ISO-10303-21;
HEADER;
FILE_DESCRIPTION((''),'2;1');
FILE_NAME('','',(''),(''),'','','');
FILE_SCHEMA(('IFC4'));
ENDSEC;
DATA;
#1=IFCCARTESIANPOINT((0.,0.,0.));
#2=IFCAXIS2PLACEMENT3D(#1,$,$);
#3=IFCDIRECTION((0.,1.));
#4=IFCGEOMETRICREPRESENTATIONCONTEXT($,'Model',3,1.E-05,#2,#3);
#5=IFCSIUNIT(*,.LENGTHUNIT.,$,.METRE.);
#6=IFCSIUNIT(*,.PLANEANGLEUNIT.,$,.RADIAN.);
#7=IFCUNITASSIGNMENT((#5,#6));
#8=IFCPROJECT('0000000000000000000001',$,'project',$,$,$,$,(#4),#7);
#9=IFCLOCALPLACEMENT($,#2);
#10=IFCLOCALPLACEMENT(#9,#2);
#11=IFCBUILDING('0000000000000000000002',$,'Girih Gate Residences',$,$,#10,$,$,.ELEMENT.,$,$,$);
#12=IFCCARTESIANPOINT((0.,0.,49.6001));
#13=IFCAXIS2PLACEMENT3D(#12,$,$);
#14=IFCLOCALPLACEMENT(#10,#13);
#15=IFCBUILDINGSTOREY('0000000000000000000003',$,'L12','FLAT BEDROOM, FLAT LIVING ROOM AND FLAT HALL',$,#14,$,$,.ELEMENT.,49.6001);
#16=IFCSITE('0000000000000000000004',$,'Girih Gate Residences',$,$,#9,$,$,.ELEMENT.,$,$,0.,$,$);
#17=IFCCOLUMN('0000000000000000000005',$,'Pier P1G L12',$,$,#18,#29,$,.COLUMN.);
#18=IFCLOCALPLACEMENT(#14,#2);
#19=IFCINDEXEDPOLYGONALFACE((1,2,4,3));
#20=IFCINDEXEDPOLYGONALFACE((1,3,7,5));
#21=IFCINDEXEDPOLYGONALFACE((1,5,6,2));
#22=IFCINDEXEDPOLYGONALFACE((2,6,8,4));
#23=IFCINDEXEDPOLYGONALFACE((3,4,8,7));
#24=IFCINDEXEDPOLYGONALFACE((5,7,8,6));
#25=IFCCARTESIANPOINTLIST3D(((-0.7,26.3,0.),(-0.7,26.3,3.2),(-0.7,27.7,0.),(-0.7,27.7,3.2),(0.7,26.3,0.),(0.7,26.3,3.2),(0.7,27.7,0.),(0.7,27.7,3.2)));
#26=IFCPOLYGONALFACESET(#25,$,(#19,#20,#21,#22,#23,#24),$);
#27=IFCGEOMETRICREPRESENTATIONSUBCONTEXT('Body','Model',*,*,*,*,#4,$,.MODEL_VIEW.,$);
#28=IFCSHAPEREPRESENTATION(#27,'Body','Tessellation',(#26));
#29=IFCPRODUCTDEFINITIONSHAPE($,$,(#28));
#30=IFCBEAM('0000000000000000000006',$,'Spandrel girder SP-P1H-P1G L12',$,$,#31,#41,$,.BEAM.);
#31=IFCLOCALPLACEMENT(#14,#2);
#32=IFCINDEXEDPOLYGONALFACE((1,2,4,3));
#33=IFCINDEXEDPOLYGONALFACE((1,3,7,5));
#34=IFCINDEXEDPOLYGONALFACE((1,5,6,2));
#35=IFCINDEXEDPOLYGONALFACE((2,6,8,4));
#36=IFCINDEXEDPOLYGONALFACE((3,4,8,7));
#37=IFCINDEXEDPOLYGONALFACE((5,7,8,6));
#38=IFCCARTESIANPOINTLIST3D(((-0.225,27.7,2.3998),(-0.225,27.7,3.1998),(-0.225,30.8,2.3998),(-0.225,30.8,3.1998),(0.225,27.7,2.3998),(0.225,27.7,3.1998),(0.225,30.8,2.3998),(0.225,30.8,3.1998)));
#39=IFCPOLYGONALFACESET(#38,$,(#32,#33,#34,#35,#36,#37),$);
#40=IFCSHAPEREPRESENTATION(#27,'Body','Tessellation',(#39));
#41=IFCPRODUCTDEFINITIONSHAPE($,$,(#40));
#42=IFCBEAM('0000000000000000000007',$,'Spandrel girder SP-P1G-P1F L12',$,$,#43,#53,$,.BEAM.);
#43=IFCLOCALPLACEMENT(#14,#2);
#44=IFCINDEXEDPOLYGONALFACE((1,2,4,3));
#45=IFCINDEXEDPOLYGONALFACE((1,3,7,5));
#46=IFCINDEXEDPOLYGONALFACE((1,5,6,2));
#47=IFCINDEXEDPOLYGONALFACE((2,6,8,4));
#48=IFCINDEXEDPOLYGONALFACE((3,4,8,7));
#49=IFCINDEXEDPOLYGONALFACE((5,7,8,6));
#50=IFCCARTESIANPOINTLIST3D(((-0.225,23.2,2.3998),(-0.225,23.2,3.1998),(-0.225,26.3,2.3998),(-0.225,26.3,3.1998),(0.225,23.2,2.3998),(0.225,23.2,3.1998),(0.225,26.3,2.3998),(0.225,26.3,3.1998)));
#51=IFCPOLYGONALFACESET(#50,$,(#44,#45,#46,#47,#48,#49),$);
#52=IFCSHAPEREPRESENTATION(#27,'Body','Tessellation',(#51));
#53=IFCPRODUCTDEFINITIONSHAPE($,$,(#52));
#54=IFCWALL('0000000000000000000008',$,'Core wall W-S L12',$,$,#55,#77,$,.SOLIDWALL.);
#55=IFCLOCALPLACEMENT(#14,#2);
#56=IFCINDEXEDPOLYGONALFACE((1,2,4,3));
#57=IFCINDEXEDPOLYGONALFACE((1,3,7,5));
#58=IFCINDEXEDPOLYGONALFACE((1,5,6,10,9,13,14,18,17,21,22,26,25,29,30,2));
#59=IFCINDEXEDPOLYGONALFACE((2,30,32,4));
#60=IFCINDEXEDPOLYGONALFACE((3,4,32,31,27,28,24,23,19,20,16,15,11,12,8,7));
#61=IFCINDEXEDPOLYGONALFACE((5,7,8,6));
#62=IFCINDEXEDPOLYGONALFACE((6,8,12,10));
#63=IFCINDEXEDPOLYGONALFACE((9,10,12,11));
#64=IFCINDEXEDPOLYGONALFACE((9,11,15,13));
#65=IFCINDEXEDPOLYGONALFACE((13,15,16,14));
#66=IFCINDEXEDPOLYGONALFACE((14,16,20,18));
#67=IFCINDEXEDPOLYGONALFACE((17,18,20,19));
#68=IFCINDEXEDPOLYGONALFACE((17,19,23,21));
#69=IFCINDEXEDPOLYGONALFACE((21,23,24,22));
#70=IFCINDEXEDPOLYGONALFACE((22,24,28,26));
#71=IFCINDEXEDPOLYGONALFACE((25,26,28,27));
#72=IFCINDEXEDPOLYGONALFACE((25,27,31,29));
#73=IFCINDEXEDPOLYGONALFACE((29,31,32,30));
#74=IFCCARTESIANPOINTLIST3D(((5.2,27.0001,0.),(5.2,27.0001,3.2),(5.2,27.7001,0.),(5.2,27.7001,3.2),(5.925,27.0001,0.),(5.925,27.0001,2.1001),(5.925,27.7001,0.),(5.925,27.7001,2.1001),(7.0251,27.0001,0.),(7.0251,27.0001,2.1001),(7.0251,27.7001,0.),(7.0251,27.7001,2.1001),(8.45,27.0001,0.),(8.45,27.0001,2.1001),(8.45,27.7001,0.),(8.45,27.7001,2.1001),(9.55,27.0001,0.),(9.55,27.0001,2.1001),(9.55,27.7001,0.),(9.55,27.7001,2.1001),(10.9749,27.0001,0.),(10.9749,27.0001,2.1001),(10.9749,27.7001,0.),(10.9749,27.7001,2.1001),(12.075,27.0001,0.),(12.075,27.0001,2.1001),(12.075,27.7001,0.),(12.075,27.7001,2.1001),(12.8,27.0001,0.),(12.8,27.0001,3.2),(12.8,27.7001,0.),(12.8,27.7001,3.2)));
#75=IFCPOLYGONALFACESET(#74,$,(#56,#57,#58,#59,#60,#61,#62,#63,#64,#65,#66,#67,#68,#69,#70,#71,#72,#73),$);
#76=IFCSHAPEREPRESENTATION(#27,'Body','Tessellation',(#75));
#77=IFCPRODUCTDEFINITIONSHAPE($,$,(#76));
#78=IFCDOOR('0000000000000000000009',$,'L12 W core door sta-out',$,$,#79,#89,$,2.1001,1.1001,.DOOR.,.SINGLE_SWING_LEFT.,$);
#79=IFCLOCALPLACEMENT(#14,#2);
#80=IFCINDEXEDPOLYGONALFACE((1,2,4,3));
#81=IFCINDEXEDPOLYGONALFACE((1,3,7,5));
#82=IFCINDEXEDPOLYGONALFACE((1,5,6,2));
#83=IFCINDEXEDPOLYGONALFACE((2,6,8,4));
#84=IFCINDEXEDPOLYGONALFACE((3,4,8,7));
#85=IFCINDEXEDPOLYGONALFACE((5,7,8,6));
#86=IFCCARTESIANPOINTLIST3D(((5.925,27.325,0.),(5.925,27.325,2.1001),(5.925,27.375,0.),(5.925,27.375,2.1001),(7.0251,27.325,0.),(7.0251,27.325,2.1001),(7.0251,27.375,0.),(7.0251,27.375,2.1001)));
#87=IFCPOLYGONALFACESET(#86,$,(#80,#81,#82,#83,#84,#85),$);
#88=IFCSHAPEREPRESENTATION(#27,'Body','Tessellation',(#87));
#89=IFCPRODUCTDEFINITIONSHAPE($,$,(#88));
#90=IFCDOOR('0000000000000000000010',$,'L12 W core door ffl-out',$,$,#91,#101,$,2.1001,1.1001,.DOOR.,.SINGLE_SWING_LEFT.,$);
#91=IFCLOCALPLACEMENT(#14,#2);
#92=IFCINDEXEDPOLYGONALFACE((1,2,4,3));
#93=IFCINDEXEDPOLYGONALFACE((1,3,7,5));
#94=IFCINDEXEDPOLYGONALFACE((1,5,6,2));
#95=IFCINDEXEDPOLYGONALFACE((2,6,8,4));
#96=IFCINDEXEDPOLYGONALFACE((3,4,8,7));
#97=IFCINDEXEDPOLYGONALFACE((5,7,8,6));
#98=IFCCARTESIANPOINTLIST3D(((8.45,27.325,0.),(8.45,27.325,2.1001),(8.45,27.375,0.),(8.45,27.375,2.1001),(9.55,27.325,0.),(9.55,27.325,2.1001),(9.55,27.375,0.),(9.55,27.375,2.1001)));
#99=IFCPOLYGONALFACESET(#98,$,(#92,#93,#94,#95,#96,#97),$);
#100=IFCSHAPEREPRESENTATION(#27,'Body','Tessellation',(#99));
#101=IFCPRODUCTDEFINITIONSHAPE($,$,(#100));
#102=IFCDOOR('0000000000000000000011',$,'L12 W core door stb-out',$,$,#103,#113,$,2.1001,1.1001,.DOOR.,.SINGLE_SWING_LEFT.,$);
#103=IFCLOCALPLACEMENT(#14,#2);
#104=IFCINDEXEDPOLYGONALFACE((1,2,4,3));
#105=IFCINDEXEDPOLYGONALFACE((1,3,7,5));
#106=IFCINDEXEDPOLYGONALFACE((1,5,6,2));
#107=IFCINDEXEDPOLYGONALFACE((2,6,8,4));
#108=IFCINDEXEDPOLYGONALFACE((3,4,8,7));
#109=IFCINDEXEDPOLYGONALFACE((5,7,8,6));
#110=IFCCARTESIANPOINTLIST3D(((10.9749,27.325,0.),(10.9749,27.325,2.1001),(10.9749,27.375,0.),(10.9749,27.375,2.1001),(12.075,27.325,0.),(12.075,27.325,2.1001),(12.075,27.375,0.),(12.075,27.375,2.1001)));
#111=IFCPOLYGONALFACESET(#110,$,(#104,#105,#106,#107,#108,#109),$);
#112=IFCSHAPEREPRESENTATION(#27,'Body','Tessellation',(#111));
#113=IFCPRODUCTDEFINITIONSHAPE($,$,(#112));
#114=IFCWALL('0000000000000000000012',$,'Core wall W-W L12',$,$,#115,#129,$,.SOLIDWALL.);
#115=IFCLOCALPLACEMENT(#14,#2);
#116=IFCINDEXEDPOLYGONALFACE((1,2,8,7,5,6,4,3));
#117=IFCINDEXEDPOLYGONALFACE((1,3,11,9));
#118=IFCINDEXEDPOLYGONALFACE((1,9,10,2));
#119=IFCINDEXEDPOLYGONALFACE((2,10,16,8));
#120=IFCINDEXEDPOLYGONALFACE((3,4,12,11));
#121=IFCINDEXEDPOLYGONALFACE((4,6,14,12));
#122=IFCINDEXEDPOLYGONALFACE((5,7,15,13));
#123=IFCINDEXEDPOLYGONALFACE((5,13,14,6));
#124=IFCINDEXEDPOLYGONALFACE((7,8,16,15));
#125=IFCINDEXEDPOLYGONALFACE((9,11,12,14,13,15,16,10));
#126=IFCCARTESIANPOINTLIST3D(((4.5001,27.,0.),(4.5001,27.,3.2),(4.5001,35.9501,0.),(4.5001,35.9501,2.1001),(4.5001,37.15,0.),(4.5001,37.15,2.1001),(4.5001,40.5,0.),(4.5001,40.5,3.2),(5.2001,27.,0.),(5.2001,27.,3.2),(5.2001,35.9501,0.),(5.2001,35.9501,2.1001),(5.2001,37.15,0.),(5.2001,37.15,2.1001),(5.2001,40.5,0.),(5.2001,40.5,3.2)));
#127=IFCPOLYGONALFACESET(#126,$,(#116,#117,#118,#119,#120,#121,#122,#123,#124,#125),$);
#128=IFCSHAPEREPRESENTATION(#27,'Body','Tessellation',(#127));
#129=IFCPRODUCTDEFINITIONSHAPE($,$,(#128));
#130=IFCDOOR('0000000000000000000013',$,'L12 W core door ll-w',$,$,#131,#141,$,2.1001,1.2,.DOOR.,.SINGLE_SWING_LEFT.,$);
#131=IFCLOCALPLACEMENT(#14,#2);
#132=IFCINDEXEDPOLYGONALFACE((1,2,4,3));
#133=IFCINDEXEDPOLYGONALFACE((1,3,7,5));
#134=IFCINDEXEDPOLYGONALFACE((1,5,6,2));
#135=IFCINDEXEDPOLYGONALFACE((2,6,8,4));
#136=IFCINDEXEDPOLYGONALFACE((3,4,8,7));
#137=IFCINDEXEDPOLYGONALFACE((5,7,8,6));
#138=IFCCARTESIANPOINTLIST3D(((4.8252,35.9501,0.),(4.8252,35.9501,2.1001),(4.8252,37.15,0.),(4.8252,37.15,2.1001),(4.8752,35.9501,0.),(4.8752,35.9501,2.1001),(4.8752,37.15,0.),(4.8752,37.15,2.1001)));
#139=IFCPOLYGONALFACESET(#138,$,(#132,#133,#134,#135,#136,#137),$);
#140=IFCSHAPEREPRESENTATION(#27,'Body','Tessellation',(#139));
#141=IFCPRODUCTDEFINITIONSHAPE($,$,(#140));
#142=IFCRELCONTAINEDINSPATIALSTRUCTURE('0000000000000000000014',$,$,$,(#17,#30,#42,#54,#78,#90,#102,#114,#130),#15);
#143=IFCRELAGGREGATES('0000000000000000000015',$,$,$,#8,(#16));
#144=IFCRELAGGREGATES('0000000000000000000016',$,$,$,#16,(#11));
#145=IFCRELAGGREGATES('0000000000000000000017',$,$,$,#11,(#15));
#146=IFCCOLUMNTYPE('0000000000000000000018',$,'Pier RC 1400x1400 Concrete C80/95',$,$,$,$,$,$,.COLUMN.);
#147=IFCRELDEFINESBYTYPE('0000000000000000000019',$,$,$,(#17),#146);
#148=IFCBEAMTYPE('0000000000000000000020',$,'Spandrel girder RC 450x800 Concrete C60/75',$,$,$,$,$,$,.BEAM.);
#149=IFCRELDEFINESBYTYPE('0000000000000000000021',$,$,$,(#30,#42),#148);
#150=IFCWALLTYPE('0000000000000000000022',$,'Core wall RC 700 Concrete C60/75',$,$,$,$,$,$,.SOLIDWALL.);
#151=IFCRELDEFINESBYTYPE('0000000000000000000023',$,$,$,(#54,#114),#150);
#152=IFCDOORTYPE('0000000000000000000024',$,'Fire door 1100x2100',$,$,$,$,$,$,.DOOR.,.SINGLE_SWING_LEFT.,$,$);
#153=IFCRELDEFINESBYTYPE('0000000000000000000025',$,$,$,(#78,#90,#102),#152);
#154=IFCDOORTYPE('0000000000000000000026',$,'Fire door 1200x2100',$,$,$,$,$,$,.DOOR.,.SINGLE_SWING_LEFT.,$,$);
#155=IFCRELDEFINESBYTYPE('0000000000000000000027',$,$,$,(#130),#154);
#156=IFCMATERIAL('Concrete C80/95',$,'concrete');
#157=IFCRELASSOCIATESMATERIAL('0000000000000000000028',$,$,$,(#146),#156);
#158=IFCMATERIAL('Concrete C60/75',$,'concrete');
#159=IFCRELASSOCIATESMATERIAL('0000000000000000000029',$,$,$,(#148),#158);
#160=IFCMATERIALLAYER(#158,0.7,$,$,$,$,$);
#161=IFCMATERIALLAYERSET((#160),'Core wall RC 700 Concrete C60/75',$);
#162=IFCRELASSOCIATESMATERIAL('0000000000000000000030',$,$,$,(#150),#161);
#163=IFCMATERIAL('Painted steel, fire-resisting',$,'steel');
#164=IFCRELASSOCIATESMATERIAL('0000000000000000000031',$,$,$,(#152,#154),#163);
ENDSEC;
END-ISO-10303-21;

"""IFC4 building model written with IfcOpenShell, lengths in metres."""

from ifc_helpers import new_model, si_unit, direction, frame, frame_2d, origin, origin_2d, place, context, subcontext, project, spatial, rectangle, extrude, material, layer, layer_set, material_profile, profile_set, type_object, element, fill, save


model = new_model("IFC4")

# Units and contexts
model_context = context("Model", 3, precision=1e-05, world=origin(), true_north=direction((0.0, 1.0)))
body_context = subcontext(model_context, "Body", "Model", "MODEL_VIEW")
ifc_project = project(units=[si_unit("LENGTHUNIT", "METRE"), si_unit("PLANEANGLEUNIT", "RADIAN")], contexts=[model_context])

# Site, building, storey
site_placement = place(None, origin())
site = spatial("IfcSite", under=ifc_project, at=site_placement, Name="Girih Gate Residences", CompositionType="ELEMENT", RefElevation=0.0)
building_placement = place(site_placement, origin())
building = spatial("IfcBuilding", under=site, at=building_placement, Name="Girih Gate Residences", CompositionType="ELEMENT")
storey_placement = place(building_placement, frame((0.0, 0.0, 49.6001)))
storey = spatial("IfcBuildingStorey", under=building, at=storey_placement, Name="L12", Description="FLAT BEDROOM, FLAT LIVING ROOM AND FLAT HALL", CompositionType="ELEMENT", Elevation=49.6001)

# Column
ifc_material_1 = material(Name="Concrete C80/95", Category="concrete")
ifc_material_profile_1 = material_profile(ifc_material_1, rectangle(XDim=1.3999, YDim=1.3999, at=origin_2d()))
ifc_profile_set_1 = profile_set([ifc_material_profile_1], Name="Concrete C80/95")
column_type = type_object("IfcColumnType", Name="Pier RC 1400x1400 Concrete C80/95", PredefinedType="COLUMN", material=ifc_profile_set_1)
column_placement = place(storey_placement, frame((0.0, 27.0, 0.0), z_axis=(0.0, 0.0, 1.0), x_axis=(1.0, 0.0, 0.0)))
element("IfcColumn", 1, at=column_placement, inside=storey, type_object=column_type, Name="Pier P1G L12", PredefinedType="COLUMN", context=body_context, shape_type="SweptSolid", body=[
    extrude(rectangle(XDim=1.3999, YDim=1.3999, at=origin_2d()), origin(), (0.0, 0.0, 1.0), 3.2),
])

# Beams
ifc_material_2 = material(Name="Concrete C60/75", Category="concrete")
ifc_material_profile_2 = material_profile(ifc_material_2, rectangle(XDim=0.45, YDim=0.8, at=origin_2d()))
ifc_profile_set_2 = profile_set([ifc_material_profile_2], Name="Concrete C60/75")
beam_type = type_object("IfcBeamType", Name="Spandrel girder RC 450x800 Concrete C60/75", PredefinedType="BEAM", material=ifc_profile_set_2)
for number, where, z_axis, x_axis, name in (
    (2, (0.0, 30.8, 2.7998), (0.0, -1.0, 0.0), (1.0, 0.0, 0.0), "Spandrel girder SP-P1H-P1G L12"),
    (3, (0.0, 26.3, 2.7998), (0.0, -1.0, 0.0), (1.0, 0.0, 0.0), "Spandrel girder SP-P1G-P1F L12"),
):
    element("IfcBeam", number, at=place(storey_placement, frame(where, z_axis=z_axis, x_axis=x_axis)), inside=storey, type_object=beam_type, Name=name, PredefinedType="BEAM", context=body_context, shape_type="SweptSolid", body=[
        extrude(rectangle(XDim=0.45, YDim=0.8, at=origin_2d()), origin(), (0.0, 0.0, 1.0), 3.1001),
    ])

# Wall, openings, doors
ifc_layer_1 = layer(ifc_material_2, 0.7)
ifc_layer_set_1 = layer_set([ifc_layer_1], Name="Core wall RC 700 Concrete C60/75")
wall_type_1 = type_object("IfcWallType", Name="Core wall RC 700 Concrete C60/75", PredefinedType="SOLIDWALL", material=ifc_layer_set_1)
wall_1_placement = place(storey_placement, frame((5.2, 27.3501, 0.0), z_axis=(0.0, 0.0, 1.0), x_axis=(1.0, 0.0, 0.0)))
wall_1 = element("IfcWall", 4, at=wall_1_placement, inside=storey, type_object=wall_type_1, Name="Core wall W-S L12", PredefinedType="SOLIDWALL", context=body_context, shape_type="SweptSolid", body=[
    extrude(rectangle(XDim=7.6001, YDim=0.7, at=frame_2d((3.8, 0.0))), origin(), (0.0, 0.0, 1.0), 3.2),
])
opening_1_placement = place(wall_1_placement, frame((0.7251, 0.0, 0.0)))
opening_1 = element("IfcOpeningElement", 5, at=opening_1_placement, cuts=wall_1, PredefinedType="OPENING", context=body_context, shape_type="SweptSolid", body=[
    extrude(rectangle(XDim=1.1001, YDim=2.1001, at=frame_2d((0.55, 1.05))), frame((0.0, 0.3599, 0.0), z_axis=(0.0, -1.0, 0.0), x_axis=(1.0, 0.0, 0.0)), (0.0, 0.0, 1.0), 0.72),
])
opening_2_placement = place(wall_1_placement, frame((3.25, 0.0, 0.0)))
opening_2 = element("IfcOpeningElement", 6, at=opening_2_placement, cuts=wall_1, PredefinedType="OPENING", context=body_context, shape_type="SweptSolid", body=[
    extrude(rectangle(XDim=1.1001, YDim=2.1001, at=frame_2d((0.55, 1.05))), frame((0.0, 0.3599, 0.0), z_axis=(0.0, -1.0, 0.0), x_axis=(1.0, 0.0, 0.0)), (0.0, 0.0, 1.0), 0.72),
])
opening_3_placement = place(wall_1_placement, frame((5.7749, 0.0, 0.0)))
opening_3 = element("IfcOpeningElement", 7, at=opening_3_placement, cuts=wall_1, PredefinedType="OPENING", context=body_context, shape_type="SweptSolid", body=[
    extrude(rectangle(XDim=1.1001, YDim=2.1001, at=frame_2d((0.55, 1.05))), frame((0.0, 0.3599, 0.0), z_axis=(0.0, -1.0, 0.0), x_axis=(1.0, 0.0, 0.0)), (0.0, 0.0, 1.0), 0.72),
])
ifc_material_3 = material(Name="Painted steel, fire-resisting", Category="steel")
door_type_1 = type_object("IfcDoorType", Name="Fire door 1100x2100", OperationType="SINGLE_SWING_LEFT", PredefinedType="DOOR", material=ifc_material_3)
door_1_placement = place(opening_1_placement, origin())
door_1 = element("IfcDoor", 8, at=door_1_placement, inside=storey, type_object=door_type_1, Name="L12 W core door sta-out", OperationType="SINGLE_SWING_LEFT", OverallHeight=2.1001, OverallWidth=1.1001, PredefinedType="DOOR", context=body_context, shape_type="SweptSolid", body=[
    extrude(rectangle(XDim=1.1001, YDim=2.1001, at=frame_2d((0.55, 1.05))), frame((0.0, 0.0249, 0.0), z_axis=(0.0, -1.0, 0.0), x_axis=(1.0, 0.0, 0.0)), (0.0, 0.0, 1.0), 0.05),
])
fill(opening_1, door_1)
door_2_placement = place(opening_2_placement, origin())
door_2 = element("IfcDoor", 9, at=door_2_placement, inside=storey, type_object=door_type_1, Name="L12 W core door ffl-out", OperationType="SINGLE_SWING_LEFT", OverallHeight=2.1001, OverallWidth=1.1001, PredefinedType="DOOR", context=body_context, shape_type="SweptSolid", body=[
    extrude(rectangle(XDim=1.1001, YDim=2.1001, at=frame_2d((0.55, 1.05))), frame((0.0, 0.0249, 0.0), z_axis=(0.0, -1.0, 0.0), x_axis=(1.0, 0.0, 0.0)), (0.0, 0.0, 1.0), 0.05),
])
fill(opening_2, door_2)
door_3_placement = place(opening_3_placement, origin())
door_3 = element("IfcDoor", 10, at=door_3_placement, inside=storey, type_object=door_type_1, Name="L12 W core door stb-out", OperationType="SINGLE_SWING_LEFT", OverallHeight=2.1001, OverallWidth=1.1001, PredefinedType="DOOR", context=body_context, shape_type="SweptSolid", body=[
    extrude(rectangle(XDim=1.1001, YDim=2.1001, at=frame_2d((0.55, 1.05))), frame((0.0, 0.0249, 0.0), z_axis=(0.0, -1.0, 0.0), x_axis=(1.0, 0.0, 0.0)), (0.0, 0.0, 1.0), 0.05),
])
fill(opening_3, door_3)

# Wall, opening, door
wall_2_placement = place(storey_placement, frame((4.8501, 27.0, 0.0), z_axis=(0.0, 0.0, 1.0), x_axis=(0.0, 1.0, 0.0)))
wall_2 = element("IfcWall", 11, at=wall_2_placement, inside=storey, type_object=wall_type_1, Name="Core wall W-W L12", PredefinedType="SOLIDWALL", context=body_context, shape_type="SweptSolid", body=[
    extrude(rectangle(XDim=13.5, YDim=0.7, at=frame_2d((6.75, 0.0))), origin(), (0.0, 0.0, 1.0), 3.2),
])
opening_4_placement = place(wall_2_placement, frame((8.95, 0.0, 0.0)))
opening_4 = element("IfcOpeningElement", 12, at=opening_4_placement, cuts=wall_2, PredefinedType="OPENING", context=body_context, shape_type="SweptSolid", body=[
    extrude(rectangle(XDim=1.2, YDim=2.1001, at=frame_2d((0.6001, 1.05))), frame((0.0, 0.3599, 0.0), z_axis=(0.0, -1.0, 0.0), x_axis=(1.0, 0.0, 0.0)), (0.0, 0.0, 1.0), 0.72),
])
door_type_2 = type_object("IfcDoorType", Name="Fire door 1200x2100", OperationType="SINGLE_SWING_LEFT", PredefinedType="DOOR", material=ifc_material_3)
door_4_placement = place(opening_4_placement, origin())
door_4 = element("IfcDoor", 13, at=door_4_placement, inside=storey, type_object=door_type_2, Name="L12 W core door ll-w", OperationType="SINGLE_SWING_LEFT", OverallHeight=2.1001, OverallWidth=1.2, PredefinedType="DOOR", context=body_context, shape_type="SweptSolid", body=[
    extrude(rectangle(XDim=1.2, YDim=2.1001, at=frame_2d((0.6001, 1.05))), frame((0.0, 0.0249, 0.0), z_axis=(0.0, -1.0, 0.0), x_axis=(1.0, 0.0, 0.0)), (0.0, 0.0, 1.0), 0.05),
])
fill(opening_4, door_4)

save(model, "model.ifc")
